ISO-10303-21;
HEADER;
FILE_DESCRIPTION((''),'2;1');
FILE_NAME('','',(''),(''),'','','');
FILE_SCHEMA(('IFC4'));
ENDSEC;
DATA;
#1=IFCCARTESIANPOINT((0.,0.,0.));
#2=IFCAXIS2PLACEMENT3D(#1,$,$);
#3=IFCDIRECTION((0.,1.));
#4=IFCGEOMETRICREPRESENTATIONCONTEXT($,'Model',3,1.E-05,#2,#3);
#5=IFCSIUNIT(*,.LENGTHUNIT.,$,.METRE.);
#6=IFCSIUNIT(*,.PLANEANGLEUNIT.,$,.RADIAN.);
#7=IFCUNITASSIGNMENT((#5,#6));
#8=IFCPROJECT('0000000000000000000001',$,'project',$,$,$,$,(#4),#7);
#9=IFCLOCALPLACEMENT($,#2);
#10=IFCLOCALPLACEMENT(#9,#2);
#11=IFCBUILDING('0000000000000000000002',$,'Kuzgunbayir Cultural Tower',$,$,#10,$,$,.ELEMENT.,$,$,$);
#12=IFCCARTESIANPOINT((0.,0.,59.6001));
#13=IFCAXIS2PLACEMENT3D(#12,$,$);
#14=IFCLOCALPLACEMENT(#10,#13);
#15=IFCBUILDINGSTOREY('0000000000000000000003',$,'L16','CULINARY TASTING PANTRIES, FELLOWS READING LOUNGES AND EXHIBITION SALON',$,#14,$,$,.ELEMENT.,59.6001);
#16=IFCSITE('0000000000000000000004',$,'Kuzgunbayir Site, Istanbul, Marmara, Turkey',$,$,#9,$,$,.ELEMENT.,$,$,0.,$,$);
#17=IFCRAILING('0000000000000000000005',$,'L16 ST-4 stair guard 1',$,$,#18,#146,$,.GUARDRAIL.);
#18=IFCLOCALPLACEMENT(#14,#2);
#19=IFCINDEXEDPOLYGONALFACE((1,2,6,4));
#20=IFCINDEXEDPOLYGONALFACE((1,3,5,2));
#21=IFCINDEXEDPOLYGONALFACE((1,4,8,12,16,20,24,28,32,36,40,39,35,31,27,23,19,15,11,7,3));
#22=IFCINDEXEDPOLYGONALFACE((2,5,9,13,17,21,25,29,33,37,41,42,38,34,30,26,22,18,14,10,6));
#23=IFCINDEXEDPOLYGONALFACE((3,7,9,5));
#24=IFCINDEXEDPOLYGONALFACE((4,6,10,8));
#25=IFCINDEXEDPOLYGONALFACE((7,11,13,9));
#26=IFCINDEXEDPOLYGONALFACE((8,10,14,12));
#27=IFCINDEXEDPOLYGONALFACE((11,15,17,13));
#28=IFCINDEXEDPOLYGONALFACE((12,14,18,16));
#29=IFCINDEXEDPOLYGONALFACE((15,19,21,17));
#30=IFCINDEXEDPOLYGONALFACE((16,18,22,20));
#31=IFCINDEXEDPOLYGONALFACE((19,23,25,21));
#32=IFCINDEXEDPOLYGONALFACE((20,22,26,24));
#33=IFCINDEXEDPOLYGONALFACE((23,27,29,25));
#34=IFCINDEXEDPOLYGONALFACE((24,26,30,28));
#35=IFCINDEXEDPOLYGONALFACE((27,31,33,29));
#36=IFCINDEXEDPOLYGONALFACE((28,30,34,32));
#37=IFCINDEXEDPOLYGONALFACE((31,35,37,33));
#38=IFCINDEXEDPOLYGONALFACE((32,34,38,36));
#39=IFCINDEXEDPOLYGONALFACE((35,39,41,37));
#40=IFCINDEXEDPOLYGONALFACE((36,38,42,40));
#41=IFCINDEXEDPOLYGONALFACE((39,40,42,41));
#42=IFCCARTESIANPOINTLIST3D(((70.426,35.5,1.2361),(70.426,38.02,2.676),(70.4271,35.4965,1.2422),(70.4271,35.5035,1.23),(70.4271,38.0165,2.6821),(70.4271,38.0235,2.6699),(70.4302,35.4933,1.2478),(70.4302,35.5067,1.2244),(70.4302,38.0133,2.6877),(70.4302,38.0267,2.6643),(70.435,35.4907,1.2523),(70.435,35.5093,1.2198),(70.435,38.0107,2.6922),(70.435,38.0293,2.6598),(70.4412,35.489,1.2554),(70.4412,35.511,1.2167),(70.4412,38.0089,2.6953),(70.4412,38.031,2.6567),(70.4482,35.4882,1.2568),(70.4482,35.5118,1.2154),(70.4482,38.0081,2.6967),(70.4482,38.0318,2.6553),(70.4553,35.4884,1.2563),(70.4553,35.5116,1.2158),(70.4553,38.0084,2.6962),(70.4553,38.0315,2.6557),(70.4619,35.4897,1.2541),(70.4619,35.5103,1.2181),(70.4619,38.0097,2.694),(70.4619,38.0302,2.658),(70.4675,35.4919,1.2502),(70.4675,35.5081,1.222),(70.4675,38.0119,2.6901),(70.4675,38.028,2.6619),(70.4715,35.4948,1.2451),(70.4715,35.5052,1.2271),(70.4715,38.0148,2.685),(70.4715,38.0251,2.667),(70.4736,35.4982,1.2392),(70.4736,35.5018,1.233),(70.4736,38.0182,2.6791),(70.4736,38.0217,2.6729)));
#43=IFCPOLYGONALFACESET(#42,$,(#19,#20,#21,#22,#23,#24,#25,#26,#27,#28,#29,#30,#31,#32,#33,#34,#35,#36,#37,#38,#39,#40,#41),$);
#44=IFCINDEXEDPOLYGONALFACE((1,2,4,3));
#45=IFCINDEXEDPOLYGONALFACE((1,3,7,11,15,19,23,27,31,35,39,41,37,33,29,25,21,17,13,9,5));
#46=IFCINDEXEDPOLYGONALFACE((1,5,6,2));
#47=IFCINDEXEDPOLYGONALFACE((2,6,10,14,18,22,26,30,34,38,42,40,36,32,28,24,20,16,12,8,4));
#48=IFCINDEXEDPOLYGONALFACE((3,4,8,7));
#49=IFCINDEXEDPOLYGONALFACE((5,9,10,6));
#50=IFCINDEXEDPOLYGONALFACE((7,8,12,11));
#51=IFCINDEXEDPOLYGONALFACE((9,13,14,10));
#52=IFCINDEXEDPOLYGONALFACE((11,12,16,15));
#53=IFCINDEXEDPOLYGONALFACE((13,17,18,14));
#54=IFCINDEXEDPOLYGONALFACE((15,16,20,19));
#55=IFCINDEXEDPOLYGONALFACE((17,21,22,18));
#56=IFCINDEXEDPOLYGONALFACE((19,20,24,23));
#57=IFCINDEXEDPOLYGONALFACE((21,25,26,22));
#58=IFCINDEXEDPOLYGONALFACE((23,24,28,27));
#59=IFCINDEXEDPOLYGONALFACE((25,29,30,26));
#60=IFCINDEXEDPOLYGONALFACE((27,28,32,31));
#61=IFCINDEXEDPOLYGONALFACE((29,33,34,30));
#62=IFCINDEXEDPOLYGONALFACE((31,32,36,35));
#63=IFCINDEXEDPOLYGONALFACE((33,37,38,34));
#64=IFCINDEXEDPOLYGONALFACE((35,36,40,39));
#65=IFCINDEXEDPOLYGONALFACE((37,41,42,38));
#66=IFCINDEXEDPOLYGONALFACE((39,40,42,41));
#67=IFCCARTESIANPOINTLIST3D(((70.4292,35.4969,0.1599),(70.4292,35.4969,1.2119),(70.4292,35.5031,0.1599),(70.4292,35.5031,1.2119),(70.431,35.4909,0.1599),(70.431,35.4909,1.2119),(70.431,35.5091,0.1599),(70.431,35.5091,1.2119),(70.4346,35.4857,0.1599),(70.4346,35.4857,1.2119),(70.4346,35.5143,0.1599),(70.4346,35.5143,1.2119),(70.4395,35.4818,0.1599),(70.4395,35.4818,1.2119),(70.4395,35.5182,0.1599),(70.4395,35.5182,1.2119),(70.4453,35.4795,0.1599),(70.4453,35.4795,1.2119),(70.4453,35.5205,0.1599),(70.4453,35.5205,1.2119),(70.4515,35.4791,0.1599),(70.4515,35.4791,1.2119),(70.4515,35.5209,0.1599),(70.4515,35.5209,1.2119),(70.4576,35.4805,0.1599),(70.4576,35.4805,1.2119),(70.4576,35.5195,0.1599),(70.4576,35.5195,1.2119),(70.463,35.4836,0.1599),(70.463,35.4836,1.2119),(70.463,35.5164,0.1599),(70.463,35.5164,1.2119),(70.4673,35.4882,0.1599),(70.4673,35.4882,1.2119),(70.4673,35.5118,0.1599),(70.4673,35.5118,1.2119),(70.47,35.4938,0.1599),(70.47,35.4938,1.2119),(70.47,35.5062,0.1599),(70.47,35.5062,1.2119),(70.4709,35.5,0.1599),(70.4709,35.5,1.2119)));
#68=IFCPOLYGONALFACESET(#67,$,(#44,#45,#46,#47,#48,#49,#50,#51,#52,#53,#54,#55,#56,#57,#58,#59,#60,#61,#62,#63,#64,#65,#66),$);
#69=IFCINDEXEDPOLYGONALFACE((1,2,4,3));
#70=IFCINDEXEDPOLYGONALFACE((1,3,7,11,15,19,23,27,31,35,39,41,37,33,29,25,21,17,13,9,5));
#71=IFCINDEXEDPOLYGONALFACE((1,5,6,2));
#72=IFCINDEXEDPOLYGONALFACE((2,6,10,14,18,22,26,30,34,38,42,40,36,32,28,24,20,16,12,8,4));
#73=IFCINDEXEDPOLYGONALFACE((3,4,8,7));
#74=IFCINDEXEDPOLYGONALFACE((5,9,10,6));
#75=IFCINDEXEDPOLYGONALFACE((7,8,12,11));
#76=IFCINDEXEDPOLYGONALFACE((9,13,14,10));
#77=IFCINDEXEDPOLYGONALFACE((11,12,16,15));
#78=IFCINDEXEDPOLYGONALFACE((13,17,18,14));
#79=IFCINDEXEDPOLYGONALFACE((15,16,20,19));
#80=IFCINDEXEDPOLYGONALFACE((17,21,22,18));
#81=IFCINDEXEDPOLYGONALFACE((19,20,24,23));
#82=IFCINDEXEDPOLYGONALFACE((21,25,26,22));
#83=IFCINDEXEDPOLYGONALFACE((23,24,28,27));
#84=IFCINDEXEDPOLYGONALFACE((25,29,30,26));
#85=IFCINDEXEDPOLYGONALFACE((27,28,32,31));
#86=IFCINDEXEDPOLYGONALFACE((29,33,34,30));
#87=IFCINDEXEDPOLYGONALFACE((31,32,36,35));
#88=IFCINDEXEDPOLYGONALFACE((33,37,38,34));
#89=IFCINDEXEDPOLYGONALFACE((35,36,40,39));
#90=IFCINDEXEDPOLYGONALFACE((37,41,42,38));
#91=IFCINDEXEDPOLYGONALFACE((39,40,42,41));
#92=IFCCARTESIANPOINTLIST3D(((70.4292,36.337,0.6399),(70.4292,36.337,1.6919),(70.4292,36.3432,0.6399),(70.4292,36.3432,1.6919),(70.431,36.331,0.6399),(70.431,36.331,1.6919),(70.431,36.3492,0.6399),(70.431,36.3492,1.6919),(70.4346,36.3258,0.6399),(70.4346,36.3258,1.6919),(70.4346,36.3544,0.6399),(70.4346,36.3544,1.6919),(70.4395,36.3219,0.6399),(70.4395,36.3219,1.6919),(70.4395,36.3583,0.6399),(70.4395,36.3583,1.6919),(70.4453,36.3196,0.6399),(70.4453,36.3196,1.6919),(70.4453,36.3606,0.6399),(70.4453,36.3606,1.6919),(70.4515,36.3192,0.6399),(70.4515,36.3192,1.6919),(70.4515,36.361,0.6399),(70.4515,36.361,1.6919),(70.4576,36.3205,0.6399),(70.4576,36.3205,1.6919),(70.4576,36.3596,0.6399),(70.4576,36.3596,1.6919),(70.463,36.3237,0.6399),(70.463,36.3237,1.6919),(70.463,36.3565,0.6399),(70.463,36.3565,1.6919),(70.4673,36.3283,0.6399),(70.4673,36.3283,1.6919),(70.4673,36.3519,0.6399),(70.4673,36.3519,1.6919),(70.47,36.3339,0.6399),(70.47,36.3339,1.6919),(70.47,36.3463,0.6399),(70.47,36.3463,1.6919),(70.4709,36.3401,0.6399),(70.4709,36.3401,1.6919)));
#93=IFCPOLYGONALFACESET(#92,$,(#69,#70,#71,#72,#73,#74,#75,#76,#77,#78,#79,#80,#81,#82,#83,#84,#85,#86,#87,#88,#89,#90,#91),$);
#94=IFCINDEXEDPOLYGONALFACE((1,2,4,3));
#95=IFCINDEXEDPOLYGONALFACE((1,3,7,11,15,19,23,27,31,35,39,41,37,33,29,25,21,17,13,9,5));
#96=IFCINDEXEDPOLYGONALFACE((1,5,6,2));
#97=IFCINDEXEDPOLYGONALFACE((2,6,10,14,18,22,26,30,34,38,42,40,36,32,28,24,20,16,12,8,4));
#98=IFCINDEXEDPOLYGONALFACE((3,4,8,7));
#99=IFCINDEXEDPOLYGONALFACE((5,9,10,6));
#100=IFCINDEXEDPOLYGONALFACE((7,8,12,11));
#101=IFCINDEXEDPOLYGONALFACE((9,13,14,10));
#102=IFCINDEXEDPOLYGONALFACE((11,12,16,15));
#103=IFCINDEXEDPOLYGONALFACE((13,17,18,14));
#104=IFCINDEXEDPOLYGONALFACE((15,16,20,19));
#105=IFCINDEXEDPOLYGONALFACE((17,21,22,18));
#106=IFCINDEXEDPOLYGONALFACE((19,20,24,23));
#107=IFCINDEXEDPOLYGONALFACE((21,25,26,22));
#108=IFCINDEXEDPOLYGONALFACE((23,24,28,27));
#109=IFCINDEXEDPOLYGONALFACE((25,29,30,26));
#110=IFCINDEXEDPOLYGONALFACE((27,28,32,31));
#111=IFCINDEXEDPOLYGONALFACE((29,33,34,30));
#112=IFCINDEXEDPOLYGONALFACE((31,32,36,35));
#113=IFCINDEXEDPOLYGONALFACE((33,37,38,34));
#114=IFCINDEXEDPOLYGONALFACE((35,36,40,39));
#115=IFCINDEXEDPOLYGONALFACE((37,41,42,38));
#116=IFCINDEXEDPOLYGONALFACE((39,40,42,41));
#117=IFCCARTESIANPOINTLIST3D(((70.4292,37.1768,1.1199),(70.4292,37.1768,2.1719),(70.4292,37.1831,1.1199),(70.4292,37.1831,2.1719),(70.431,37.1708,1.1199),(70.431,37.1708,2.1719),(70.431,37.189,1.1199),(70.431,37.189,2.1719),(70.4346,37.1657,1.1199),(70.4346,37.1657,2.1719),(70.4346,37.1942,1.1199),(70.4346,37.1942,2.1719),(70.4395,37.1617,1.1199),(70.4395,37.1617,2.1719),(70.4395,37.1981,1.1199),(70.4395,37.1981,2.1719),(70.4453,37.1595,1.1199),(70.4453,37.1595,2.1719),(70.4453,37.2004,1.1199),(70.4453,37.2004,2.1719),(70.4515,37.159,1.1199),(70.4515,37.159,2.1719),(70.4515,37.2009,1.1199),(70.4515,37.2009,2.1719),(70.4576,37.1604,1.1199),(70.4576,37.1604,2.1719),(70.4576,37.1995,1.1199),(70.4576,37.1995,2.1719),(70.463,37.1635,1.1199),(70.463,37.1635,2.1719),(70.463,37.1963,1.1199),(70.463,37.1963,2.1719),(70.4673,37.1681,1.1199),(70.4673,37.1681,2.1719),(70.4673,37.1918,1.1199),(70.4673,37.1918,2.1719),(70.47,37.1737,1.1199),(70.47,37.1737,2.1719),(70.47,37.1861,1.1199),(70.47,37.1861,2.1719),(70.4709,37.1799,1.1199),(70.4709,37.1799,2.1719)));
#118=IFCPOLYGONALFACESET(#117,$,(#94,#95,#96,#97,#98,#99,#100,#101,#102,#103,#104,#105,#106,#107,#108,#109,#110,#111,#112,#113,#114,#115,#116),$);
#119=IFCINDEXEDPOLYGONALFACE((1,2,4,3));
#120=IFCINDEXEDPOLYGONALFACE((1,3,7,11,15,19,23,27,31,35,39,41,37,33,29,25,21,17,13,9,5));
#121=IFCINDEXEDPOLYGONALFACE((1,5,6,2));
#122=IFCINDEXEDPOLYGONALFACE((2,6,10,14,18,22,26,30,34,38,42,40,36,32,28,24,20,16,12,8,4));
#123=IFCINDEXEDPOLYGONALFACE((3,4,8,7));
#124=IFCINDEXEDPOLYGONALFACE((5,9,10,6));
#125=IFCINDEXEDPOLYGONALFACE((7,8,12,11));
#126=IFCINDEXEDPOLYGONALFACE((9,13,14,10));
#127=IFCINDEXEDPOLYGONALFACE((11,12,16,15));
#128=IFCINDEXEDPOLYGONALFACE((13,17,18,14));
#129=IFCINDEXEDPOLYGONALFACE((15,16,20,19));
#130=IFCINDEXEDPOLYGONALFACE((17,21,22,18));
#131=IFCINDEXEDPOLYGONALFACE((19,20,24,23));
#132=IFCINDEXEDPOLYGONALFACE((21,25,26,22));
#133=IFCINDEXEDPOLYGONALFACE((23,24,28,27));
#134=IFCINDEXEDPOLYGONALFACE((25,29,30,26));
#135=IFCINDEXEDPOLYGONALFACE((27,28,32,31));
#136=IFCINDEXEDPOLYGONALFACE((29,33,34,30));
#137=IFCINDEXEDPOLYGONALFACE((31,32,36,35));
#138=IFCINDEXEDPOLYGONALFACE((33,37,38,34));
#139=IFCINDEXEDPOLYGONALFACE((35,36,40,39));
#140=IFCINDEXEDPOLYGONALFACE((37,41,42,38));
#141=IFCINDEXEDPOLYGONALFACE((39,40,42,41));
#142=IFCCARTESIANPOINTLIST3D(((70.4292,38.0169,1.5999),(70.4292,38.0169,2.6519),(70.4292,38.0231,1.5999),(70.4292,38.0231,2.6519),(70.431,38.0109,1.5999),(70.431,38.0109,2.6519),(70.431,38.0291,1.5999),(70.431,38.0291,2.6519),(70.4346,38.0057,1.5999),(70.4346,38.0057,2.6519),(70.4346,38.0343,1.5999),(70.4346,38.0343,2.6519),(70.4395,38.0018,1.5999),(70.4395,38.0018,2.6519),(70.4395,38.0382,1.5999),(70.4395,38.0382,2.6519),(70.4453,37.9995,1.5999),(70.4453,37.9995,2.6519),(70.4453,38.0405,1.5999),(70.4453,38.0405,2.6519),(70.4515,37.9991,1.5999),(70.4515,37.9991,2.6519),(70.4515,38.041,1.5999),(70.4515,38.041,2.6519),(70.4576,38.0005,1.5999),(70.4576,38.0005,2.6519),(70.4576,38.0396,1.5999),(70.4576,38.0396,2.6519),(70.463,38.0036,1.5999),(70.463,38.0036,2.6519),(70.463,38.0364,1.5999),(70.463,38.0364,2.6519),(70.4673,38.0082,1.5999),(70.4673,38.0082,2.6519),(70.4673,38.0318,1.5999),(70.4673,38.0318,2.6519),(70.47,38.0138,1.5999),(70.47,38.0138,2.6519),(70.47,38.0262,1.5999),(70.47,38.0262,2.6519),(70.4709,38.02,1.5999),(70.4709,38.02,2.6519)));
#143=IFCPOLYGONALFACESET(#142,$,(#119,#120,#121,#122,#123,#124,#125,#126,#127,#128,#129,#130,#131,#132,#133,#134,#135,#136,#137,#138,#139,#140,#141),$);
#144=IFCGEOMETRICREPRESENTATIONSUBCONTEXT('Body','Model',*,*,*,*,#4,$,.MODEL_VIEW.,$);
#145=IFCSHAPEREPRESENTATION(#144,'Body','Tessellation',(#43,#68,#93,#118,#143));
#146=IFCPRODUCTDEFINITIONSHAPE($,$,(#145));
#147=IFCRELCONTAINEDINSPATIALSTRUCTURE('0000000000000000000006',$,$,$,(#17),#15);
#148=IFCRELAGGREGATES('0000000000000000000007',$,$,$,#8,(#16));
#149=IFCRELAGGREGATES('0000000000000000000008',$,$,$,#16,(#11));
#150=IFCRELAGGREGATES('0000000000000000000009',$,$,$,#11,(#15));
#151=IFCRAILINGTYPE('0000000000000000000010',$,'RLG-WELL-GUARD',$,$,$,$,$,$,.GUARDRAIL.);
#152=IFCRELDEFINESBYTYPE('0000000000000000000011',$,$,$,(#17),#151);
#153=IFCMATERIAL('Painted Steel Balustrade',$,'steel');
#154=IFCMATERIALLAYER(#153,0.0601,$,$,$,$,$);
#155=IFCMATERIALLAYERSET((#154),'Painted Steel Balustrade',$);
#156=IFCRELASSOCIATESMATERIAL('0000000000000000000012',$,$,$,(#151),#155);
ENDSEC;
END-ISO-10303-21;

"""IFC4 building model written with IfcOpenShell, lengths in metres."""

from ifc_helpers import new_model, si_unit, direction, frame, origin, origin_2d, place, context, subcontext, project, spatial, circle, extrude, material, layer, layer_set, type_object, element, save


model = new_model("IFC4")

# Units and contexts
model_context = context("Model", 3, precision=1e-05, world=origin(), true_north=direction((0.0, 1.0)))
body_context = subcontext(model_context, "Body", "Model", "MODEL_VIEW")
ifc_project = project(units=[si_unit("LENGTHUNIT", "METRE"), si_unit("PLANEANGLEUNIT", "RADIAN")], contexts=[model_context])

# Site, building, storey
site_placement = place(None, origin())
site = spatial("IfcSite", under=ifc_project, at=site_placement, Name="Kuzgunbayir Site, Istanbul, Marmara, Turkey", CompositionType="ELEMENT", RefElevation=0.0)
building_placement = place(site_placement, origin())
building = spatial("IfcBuilding", under=site, at=building_placement, Name="Kuzgunbayir Cultural Tower", CompositionType="ELEMENT")
storey_placement = place(building_placement, frame((0.0, 0.0, 59.6001)))
storey = spatial("IfcBuildingStorey", under=building, at=storey_placement, Name="L16", Description="CULINARY TASTING PANTRIES, FELLOWS READING LOUNGES AND EXHIBITION SALON", CompositionType="ELEMENT", Elevation=59.6001)

# Railing
ifc_material_1 = material(Name="Painted Steel Balustrade", Category="steel")
ifc_layer_1 = layer(ifc_material_1, 0.0601)
ifc_layer_set_1 = layer_set([ifc_layer_1], Name="Painted Steel Balustrade")
railing_type_1 = type_object("IfcRailingType", Name="RLG-WELL-GUARD", PredefinedType="GUARDRAIL", material=ifc_layer_set_1)
railing_1_placement = place(storey_placement, frame((70.45, 35.5, 0.1599)))
element("IfcRailing", 1, at=railing_1_placement, inside=storey, type_object=railing_type_1, Name="L16 ST-4 stair guard 1", PredefinedType="GUARDRAIL", context=body_context, shape_type="SweptSolid", body=[
    extrude(circle(Radius=0.0239, at=origin_2d()), frame((0.0, 0.0, 1.0762), z_axis=(0.0, 0.868253, 0.496121), x_axis=(-1.0, 0.0, 0.0)), (0.0, 0.0, 1.0), 2.9023),
    extrude(circle(Radius=0.021, at=origin_2d()), origin(), (0.0, 0.0, 1.0), 1.052),
    extrude(circle(Radius=0.021, at=origin_2d()), frame((0.0, 0.8401, 0.48)), (0.0, 0.0, 1.0), 1.052),
    extrude(circle(Radius=0.021, at=origin_2d()), frame((0.0, 1.6799, 0.96)), (0.0, 0.0, 1.0), 1.052),
    extrude(circle(Radius=0.021, at=origin_2d()), frame((0.0, 2.52, 1.4399)), (0.0, 0.0, 1.0), 1.052),
])

save(model, "model.ifc")
